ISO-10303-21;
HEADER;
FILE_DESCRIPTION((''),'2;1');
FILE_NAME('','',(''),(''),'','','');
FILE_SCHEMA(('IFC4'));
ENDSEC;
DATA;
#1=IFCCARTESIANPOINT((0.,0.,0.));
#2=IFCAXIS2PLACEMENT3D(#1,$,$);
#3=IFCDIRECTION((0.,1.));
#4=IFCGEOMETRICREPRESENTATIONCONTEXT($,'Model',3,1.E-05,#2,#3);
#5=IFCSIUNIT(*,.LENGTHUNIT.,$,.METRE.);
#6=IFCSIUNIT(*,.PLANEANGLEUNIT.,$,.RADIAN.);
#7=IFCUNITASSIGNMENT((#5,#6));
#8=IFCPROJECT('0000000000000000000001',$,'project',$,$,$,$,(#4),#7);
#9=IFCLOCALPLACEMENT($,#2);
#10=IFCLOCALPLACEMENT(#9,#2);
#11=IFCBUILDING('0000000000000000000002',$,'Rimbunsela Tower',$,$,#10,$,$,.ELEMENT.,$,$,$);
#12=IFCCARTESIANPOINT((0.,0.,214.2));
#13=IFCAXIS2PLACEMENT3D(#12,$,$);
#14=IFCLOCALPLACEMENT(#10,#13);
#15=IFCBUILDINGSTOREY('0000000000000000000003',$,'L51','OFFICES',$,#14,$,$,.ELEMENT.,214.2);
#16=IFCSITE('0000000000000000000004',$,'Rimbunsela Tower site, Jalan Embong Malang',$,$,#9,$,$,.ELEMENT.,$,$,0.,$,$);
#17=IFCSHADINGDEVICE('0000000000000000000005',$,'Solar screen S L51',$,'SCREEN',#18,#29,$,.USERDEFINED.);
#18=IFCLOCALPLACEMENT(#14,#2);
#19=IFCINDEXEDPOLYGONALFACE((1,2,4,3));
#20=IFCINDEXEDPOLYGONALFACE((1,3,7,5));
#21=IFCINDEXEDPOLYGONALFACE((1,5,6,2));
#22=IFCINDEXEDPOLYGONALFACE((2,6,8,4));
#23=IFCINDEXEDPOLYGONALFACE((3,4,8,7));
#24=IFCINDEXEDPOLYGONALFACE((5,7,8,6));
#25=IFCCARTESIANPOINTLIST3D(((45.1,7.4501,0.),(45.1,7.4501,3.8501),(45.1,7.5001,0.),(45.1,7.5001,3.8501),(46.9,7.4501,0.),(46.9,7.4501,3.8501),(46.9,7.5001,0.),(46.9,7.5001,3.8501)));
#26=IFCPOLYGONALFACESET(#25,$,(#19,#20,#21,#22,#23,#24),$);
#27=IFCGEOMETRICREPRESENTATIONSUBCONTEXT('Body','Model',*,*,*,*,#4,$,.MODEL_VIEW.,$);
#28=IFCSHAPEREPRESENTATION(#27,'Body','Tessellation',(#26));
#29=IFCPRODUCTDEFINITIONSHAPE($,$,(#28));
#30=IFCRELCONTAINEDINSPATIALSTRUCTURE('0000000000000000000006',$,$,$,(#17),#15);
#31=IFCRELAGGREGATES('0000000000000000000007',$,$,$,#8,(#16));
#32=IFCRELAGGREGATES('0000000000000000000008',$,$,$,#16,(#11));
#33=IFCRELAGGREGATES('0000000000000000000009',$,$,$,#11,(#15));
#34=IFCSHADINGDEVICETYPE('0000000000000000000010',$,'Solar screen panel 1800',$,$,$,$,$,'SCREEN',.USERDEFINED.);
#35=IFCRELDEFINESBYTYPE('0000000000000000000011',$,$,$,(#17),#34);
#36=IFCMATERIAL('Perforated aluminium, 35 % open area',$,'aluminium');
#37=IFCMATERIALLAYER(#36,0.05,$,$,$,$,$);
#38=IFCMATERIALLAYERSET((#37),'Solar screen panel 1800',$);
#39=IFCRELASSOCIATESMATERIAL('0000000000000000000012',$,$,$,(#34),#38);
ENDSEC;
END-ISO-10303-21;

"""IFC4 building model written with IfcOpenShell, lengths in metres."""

from ifc_helpers import new_model, si_unit, direction, frame, origin, origin_2d, place, context, subcontext, project, spatial, rectangle, extrude, material, layer, layer_set, type_object, element, save


model = new_model("IFC4")

# Units and contexts
model_context = context("Model", 3, precision=1e-05, world=origin(), true_north=direction((0.0, 1.0)))
body_context = subcontext(model_context, "Body", "Model", "MODEL_VIEW")
ifc_project = project(units=[si_unit("LENGTHUNIT", "METRE"), si_unit("PLANEANGLEUNIT", "RADIAN")], contexts=[model_context])

# Site, building, storey
site_placement = place(None, origin())
site = spatial("IfcSite", under=ifc_project, at=site_placement, Name="Rimbunsela Tower site, Jalan Embong Malang", CompositionType="ELEMENT", RefElevation=0.0)
building_placement = place(site_placement, origin())
building = spatial("IfcBuilding", under=site, at=building_placement, Name="Rimbunsela Tower", CompositionType="ELEMENT")
storey_placement = place(building_placement, frame((0.0, 0.0, 214.2)))
storey = spatial("IfcBuildingStorey", under=building, at=storey_placement, Name="L51", Description="OFFICES", CompositionType="ELEMENT", Elevation=214.2)

# Shading device
ifc_material_1 = material(Name="Perforated aluminium, 35 % open area", Category="aluminium")
ifc_layer_1 = layer(ifc_material_1, 0.05)
ifc_layer_set_1 = layer_set([ifc_layer_1], Name="Solar screen panel 1800")
shading_device_type = type_object("IfcShadingDeviceType", Name="Solar screen panel 1800", ElementType="SCREEN", PredefinedType="USERDEFINED", material=ifc_layer_set_1)
for number, where, z_axis, x_axis, name in (
    (1, (46.0, 7.4751, 0.0), (0.0, 0.0, 1.0), (1.0, 0.0, 0.0), "Solar screen S L51"),
):
    element("IfcShadingDevice", number, at=place(storey_placement, frame(where, z_axis=z_axis, x_axis=x_axis)), inside=storey, type_object=shading_device_type, Name=name, ObjectType="SCREEN", PredefinedType="USERDEFINED", context=body_context, shape_type="SweptSolid", body=[
        extrude(rectangle(XDim=1.8, YDim=0.05, at=origin_2d()), origin(), (0.0, 0.0, 1.0), 3.8501),
    ])

save(model, "model.ifc")
